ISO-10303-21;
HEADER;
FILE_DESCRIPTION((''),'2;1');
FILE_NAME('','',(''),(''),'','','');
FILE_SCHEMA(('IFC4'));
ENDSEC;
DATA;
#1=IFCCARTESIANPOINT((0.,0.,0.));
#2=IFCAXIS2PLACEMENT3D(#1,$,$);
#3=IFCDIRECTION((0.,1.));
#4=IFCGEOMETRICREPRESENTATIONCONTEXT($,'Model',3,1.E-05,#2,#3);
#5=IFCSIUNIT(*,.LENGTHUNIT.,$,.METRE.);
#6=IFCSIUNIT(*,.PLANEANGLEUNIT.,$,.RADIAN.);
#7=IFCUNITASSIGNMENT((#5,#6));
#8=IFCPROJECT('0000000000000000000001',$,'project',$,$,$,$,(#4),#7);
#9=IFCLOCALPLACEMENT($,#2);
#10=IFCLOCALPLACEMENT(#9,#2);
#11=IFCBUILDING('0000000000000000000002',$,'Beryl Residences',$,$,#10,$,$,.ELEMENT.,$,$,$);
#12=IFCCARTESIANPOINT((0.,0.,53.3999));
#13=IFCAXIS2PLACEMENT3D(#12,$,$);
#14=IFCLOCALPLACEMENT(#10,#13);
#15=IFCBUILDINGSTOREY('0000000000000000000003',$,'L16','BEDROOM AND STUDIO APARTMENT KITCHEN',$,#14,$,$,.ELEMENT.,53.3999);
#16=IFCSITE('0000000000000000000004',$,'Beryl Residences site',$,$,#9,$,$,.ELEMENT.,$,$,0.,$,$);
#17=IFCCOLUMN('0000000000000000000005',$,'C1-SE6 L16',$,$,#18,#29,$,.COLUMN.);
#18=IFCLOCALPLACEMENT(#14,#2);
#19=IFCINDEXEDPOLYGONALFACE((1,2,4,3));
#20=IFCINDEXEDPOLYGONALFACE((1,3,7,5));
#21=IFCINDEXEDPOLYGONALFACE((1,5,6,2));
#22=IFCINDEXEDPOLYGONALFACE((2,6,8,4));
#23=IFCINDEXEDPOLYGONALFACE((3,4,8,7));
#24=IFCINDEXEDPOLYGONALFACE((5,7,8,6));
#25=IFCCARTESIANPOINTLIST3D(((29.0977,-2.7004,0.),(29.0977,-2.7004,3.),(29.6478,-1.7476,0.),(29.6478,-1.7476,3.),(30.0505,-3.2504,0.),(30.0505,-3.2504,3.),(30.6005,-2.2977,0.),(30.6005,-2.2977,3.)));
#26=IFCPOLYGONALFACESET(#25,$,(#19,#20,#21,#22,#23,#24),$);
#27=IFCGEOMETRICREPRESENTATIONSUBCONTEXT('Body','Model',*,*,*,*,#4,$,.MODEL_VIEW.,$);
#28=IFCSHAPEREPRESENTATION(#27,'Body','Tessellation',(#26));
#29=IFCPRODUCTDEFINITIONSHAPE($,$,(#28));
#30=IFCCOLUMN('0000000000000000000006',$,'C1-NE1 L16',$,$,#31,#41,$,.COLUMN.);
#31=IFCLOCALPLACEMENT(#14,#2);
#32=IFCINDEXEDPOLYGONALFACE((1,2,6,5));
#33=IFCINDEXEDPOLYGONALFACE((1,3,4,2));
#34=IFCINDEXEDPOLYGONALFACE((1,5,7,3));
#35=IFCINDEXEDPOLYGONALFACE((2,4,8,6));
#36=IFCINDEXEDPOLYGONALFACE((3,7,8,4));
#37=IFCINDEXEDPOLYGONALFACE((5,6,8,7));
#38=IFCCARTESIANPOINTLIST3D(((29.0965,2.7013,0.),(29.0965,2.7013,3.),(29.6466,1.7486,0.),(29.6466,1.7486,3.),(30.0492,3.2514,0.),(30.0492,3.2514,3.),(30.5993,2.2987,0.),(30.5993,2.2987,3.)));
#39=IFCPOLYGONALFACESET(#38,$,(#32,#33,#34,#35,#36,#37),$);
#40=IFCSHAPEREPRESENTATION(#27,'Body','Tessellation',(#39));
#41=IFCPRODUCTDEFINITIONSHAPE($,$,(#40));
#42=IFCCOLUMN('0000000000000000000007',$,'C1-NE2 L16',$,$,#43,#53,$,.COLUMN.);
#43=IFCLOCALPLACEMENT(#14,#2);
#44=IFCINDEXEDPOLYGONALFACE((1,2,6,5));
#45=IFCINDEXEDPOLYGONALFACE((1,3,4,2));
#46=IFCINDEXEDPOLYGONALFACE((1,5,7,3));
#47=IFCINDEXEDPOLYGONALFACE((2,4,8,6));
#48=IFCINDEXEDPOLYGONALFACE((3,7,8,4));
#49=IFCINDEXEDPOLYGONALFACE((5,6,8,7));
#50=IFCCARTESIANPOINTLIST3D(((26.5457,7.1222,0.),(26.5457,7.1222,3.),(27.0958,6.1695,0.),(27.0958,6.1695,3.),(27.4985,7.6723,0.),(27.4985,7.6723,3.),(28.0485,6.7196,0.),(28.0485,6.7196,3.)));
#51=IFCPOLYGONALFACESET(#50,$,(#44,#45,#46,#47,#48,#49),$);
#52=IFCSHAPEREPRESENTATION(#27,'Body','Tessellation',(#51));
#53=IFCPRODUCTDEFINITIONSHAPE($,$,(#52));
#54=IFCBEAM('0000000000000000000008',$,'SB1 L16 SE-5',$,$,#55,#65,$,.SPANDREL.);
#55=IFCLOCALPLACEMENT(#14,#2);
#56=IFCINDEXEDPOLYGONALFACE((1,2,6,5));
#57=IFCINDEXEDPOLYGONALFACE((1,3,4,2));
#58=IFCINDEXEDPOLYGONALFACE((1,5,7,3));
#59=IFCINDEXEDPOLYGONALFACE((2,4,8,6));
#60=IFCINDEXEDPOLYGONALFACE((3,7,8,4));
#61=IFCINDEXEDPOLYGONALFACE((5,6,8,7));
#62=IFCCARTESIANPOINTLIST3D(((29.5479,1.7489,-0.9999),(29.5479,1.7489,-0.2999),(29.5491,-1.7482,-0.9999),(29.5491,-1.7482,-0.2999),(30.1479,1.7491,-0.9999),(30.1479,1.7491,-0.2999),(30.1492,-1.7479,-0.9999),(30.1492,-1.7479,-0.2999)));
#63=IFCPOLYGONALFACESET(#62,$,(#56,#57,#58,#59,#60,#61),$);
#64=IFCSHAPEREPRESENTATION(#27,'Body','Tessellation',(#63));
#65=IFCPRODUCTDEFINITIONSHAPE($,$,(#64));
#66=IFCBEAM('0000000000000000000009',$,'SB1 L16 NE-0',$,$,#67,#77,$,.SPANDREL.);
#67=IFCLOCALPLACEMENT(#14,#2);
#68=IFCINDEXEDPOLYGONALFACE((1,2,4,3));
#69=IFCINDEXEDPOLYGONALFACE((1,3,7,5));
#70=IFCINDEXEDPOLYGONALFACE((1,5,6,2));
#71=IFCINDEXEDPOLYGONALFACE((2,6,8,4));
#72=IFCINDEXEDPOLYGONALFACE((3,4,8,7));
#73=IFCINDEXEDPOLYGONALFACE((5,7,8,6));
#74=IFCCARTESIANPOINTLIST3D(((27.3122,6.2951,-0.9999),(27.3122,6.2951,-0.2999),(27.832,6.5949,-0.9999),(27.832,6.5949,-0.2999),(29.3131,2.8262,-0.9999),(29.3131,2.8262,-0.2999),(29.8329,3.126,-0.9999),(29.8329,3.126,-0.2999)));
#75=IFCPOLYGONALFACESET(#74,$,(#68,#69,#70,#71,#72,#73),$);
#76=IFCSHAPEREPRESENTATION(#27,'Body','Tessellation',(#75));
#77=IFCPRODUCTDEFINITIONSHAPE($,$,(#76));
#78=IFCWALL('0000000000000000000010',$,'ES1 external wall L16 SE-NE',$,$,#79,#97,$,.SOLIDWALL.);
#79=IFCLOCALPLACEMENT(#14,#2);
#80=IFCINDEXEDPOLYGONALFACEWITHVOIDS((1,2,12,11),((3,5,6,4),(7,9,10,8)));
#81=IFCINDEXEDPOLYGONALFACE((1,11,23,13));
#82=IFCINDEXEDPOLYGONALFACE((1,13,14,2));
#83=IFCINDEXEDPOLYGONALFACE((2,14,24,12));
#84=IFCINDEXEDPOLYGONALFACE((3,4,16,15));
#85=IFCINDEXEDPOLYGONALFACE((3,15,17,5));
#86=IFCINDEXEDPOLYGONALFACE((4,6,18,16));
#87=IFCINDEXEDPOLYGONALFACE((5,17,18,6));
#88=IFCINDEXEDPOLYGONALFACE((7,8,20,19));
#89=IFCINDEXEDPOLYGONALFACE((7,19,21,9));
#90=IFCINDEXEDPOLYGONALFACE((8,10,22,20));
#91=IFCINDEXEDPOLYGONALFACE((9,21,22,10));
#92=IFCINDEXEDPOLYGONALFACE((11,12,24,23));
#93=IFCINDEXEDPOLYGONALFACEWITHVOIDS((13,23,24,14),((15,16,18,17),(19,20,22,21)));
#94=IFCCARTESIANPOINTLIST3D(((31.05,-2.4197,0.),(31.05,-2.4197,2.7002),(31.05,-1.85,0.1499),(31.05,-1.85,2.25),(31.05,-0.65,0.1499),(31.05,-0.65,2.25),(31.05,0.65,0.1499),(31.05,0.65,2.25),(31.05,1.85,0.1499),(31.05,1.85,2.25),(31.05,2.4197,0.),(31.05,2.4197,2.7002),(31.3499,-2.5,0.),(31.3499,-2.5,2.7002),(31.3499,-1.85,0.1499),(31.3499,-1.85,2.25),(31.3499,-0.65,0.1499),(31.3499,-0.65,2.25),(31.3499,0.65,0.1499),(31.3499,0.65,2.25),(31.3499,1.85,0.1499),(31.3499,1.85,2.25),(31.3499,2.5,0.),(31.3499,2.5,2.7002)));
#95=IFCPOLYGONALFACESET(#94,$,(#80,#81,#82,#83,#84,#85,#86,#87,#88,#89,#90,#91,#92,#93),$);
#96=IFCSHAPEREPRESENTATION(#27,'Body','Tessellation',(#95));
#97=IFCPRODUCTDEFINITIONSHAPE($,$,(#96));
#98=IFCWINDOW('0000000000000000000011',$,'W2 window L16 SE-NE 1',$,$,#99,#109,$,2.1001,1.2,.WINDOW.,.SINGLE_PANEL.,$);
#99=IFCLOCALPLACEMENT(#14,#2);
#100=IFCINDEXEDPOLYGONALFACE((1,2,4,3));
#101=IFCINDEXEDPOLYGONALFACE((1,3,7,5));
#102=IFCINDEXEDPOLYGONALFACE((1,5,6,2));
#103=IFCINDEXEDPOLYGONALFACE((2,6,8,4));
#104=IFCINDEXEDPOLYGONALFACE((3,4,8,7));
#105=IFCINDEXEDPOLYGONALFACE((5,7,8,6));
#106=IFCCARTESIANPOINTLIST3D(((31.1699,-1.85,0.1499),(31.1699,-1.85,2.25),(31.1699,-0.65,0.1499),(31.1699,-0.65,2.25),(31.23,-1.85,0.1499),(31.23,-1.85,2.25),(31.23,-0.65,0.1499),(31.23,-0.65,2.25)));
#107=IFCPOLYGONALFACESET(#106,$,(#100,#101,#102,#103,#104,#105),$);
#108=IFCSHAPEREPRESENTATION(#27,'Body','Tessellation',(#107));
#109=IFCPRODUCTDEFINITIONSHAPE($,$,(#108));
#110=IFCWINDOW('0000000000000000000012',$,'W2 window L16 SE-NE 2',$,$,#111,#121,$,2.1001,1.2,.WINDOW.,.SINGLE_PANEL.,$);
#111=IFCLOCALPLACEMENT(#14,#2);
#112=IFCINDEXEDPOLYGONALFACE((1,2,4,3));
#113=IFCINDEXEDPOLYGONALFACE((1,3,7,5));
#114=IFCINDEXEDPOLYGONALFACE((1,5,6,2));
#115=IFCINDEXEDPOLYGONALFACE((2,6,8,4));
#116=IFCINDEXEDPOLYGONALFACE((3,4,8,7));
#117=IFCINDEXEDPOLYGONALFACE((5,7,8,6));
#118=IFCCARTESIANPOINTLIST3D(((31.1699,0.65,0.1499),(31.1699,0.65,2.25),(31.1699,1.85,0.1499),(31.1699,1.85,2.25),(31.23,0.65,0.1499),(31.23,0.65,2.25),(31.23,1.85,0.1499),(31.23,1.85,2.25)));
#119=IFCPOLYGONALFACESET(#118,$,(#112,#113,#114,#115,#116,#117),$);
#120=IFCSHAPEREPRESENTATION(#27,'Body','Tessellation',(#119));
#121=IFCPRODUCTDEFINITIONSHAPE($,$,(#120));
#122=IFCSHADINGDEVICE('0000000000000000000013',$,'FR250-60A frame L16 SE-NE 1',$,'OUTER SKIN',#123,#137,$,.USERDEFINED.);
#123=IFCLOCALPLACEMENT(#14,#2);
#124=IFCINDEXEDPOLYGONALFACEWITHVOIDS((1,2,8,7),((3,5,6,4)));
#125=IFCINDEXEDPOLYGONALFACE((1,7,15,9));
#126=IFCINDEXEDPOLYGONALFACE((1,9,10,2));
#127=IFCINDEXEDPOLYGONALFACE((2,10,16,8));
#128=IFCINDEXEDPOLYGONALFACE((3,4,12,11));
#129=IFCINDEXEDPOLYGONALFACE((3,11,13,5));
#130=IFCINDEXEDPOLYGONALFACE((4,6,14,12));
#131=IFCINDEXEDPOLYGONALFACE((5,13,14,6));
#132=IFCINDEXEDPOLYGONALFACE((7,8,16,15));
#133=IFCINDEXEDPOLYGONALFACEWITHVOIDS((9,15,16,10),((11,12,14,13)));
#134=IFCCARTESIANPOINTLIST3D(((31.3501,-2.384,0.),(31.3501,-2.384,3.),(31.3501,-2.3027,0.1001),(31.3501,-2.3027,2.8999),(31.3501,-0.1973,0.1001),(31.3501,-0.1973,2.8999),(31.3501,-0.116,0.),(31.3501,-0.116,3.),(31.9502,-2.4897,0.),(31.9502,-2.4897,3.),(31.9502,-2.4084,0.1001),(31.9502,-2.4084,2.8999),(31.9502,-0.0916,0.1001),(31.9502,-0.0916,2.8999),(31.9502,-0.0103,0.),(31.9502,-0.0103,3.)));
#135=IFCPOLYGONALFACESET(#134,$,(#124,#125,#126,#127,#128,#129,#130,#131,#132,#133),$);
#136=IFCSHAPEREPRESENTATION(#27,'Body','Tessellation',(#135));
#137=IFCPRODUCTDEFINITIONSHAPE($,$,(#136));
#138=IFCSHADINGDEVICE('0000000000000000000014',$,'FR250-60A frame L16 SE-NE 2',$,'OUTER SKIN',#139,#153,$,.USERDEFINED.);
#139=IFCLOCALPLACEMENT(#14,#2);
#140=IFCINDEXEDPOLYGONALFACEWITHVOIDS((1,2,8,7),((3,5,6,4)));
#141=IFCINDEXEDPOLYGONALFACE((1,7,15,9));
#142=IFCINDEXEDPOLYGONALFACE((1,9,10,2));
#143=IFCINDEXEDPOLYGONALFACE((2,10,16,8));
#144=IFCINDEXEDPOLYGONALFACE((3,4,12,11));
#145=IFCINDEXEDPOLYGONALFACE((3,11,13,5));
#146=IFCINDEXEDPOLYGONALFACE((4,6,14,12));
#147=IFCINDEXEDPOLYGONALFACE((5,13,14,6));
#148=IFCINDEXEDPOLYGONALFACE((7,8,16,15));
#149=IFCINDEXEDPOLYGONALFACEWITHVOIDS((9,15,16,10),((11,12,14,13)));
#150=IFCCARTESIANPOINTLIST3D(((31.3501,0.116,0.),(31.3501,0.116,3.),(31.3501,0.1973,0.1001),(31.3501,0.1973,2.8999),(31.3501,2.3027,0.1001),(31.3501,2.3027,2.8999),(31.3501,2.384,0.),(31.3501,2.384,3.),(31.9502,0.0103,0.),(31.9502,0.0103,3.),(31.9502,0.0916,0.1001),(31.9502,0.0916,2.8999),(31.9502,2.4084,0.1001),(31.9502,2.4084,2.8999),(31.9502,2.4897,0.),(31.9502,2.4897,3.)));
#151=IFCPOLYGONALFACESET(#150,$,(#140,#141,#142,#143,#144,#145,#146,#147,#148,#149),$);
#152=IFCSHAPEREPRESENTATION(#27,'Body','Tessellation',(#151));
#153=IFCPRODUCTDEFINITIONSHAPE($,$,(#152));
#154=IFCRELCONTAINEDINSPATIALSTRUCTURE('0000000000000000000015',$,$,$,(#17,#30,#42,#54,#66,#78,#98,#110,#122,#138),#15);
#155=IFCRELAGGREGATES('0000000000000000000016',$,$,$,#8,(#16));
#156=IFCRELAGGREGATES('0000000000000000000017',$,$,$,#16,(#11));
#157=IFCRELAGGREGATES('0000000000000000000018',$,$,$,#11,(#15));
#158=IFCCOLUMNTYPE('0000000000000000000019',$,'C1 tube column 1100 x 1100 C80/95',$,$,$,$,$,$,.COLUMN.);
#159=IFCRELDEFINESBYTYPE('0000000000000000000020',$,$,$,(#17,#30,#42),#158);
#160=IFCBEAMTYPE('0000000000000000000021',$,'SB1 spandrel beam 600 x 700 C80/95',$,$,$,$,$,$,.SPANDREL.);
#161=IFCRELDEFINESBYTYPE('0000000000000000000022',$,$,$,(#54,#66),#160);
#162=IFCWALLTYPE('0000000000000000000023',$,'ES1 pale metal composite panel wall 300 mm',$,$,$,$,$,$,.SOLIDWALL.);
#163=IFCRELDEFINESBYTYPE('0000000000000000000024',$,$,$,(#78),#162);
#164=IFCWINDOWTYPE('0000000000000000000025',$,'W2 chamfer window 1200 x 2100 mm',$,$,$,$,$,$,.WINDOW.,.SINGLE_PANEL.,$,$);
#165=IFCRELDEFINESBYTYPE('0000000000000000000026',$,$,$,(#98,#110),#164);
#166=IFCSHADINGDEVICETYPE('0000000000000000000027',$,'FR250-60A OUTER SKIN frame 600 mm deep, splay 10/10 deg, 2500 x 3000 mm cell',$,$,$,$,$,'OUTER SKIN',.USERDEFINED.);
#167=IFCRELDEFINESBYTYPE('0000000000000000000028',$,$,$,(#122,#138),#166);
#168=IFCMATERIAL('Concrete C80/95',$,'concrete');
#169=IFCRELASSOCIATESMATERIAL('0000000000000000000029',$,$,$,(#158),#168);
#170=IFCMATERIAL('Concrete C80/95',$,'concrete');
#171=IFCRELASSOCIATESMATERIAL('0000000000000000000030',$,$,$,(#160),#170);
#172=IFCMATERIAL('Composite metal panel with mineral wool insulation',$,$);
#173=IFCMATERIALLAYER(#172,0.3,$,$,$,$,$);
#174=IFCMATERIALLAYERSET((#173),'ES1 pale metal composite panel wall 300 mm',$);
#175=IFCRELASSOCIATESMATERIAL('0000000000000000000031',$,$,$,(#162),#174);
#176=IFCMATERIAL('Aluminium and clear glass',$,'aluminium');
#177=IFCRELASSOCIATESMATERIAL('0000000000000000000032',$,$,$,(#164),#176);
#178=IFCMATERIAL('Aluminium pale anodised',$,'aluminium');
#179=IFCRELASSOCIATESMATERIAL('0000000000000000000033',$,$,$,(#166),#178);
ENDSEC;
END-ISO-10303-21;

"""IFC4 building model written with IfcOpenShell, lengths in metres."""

from ifc_helpers import new_model, entity, si_unit, direction, frame, frame_2d, origin, origin_2d, place, context, subcontext, project, spatial, polyline, rectangle, outline, extrude, source, transform, mapped, material, layer, layer_set, material_profile, profile_set, type_object, type_shapes, element, fill, save


model = new_model("IFC4")

# Units and contexts
model_context = context("Model", 3, precision=1e-05, world=origin(), true_north=direction((0.0, 1.0)))
body_context = subcontext(model_context, "Body", "Model", "MODEL_VIEW")
ifc_project = project(units=[si_unit("LENGTHUNIT", "METRE"), si_unit("PLANEANGLEUNIT", "RADIAN")], contexts=[model_context])

# Site, building, storey
site_placement = place(None, origin())
site = spatial("IfcSite", under=ifc_project, at=site_placement, Name="Beryl Residences site", CompositionType="ELEMENT", RefElevation=0.0)
building_placement = place(site_placement, origin())
building = spatial("IfcBuilding", under=site, at=building_placement, Name="Beryl Residences", CompositionType="ELEMENT")
storey_placement = place(building_placement, frame((0.0, 0.0, 53.3999)))
storey = spatial("IfcBuildingStorey", under=building, at=storey_placement, Name="L16", Description="BEDROOM AND STUDIO APARTMENT KITCHEN", CompositionType="ELEMENT", Elevation=53.3999)

# Columns
ifc_material_1 = material(Name="Concrete C80/95", Category="concrete")
ifc_material_profile_1 = material_profile(ifc_material_1, rectangle(XDim=1.1001, YDim=1.1001, at=origin_2d()))
ifc_profile_set_1 = profile_set([ifc_material_profile_1], Name="Concrete C80/95")
column_type = type_object("IfcColumnType", Name="C1 tube column 1100 x 1100 C80/95", PredefinedType="COLUMN", material=ifc_profile_set_1)
for number, where, z_axis, x_axis, name in (
    (1, (29.8491, -2.499, 0.0), (0.0, 0.0, 1.0), (0.499985, 0.866034, 0.0), "C1-SE6 L16"),
    (2, (29.8479, 2.5, 0.0), (0.0, 0.0, 1.0), (-0.499985, 0.866034, 0.0), "C1-NE1 L16"),
    (3, (27.2971, 6.9209, 0.0), (0.0, 0.0, 1.0), (-0.499985, 0.866034, 0.0), "C1-NE2 L16"),
):
    element("IfcColumn", number, at=place(storey_placement, frame(where, z_axis=z_axis, x_axis=x_axis)), inside=storey, type_object=column_type, Name=name, PredefinedType="COLUMN", context=body_context, shape_type="SweptSolid", body=[
        extrude(rectangle(XDim=1.1001, YDim=1.1001, at=origin_2d()), origin(), (0.0, 0.0, 1.0), 3.0),
    ])

# Beams
ifc_material_2 = material(Name="Concrete C80/95", Category="concrete")
ifc_material_profile_2 = material_profile(ifc_material_2, rectangle(XDim=0.6001, YDim=0.7, at=origin_2d()))
ifc_profile_set_2 = profile_set([ifc_material_profile_2], Name="Concrete C80/95")
beam_type = type_object("IfcBeamType", Name="SB1 spandrel beam 600 x 700 C80/95", PredefinedType="SPANDREL", material=ifc_profile_set_2)
beam_1_placement = place(storey_placement, frame((29.8491, -1.748, -0.6499), z_axis=(-0.000349, 1.0, 0.0), x_axis=(-1.0, -0.000349, 0.0)))
element("IfcBeam", 4, at=beam_1_placement, inside=storey, type_object=beam_type, Name="SB1 L16 SE-5", PredefinedType="SPANDREL", context=body_context, shape_type="SweptSolid", body=[
    extrude(rectangle(XDim=0.6001, YDim=0.7, at=origin_2d()), origin(), (0.0, 0.0, 1.0), 3.4971),
])
beam_2_placement = place(storey_placement, frame((29.573, 2.9761, -0.6499), z_axis=(-0.499654, 0.866225, 0.0), x_axis=(-0.866225, -0.499654, 0.0)))
element("IfcBeam", 5, at=beam_2_placement, inside=storey, type_object=beam_type, Name="SB1 L16 NE-0", PredefinedType="SPANDREL", context=body_context, shape_type="SweptSolid", body=[
    extrude(rectangle(XDim=0.6001, YDim=0.7, at=origin_2d()), origin(), (0.0, 0.0, 1.0), 4.0046),
])

# Wall, openings, windows
ifc_material_3 = material(Name="Composite metal panel with mineral wool insulation")
ifc_layer = layer(ifc_material_3, 0.3)
ifc_layer_set = layer_set([ifc_layer], Name="ES1 pale metal composite panel wall 300 mm")
wall_type = type_object("IfcWallType", Name="ES1 pale metal composite panel wall 300 mm", PredefinedType="SOLIDWALL", material=ifc_layer_set)
wall_1_placement = place(storey_placement, frame((31.2, -2.5, 0.0), z_axis=(0.0, 0.0, 1.0), x_axis=(0.0, 1.0, 0.0)))
wall_1 = element("IfcWall", 6, at=wall_1_placement, inside=storey, type_object=wall_type, Name="ES1 external wall L16 SE-NE", PredefinedType="SOLIDWALL", context=body_context, shape_type="SweptSolid", body=[
    extrude(outline(polyline([(0.0, -0.1499), (5.0, -0.1499), (4.9197, 0.1499), (0.0803, 0.1499), (0.0, -0.1499)])), origin(), (0.0, 0.0, 1.0), 2.7002),
])
opening_1_placement = place(wall_1_placement, frame((0.6499, 0.0, 0.1499)))
opening_1 = element("IfcOpeningElement", 7, at=opening_1_placement, cuts=wall_1, PredefinedType="OPENING", context=body_context, shape_type="SweptSolid", body=[
    extrude(rectangle(XDim=1.2, YDim=2.1001, at=frame_2d((0.6001, 1.05))), frame((0.0, 0.1599, 0.0), z_axis=(0.0, -1.0, 0.0), x_axis=(1.0, 0.0, 0.0)), (0.0, 0.0, 1.0), 0.3201),
])
opening_2_placement = place(wall_1_placement, frame((3.1499, 0.0, 0.1499)))
opening_2 = element("IfcOpeningElement", 8, at=opening_2_placement, cuts=wall_1, PredefinedType="OPENING", context=body_context, shape_type="SweptSolid", body=[
    extrude(rectangle(XDim=1.2, YDim=2.1001, at=frame_2d((0.6001, 1.05))), frame((0.0, 0.1599, 0.0), z_axis=(0.0, -1.0, 0.0), x_axis=(1.0, 0.0, 0.0)), (0.0, 0.0, 1.0), 0.3201),
])
ifc_material_4 = material(Name="Aluminium and clear glass", Category="aluminium")
window_type_1 = type_object("IfcWindowType", Name="W2 chamfer window 1200 x 2100 mm", PartitioningType="SINGLE_PANEL", PredefinedType="WINDOW", material=ifc_material_4)
window_1_placement = place(opening_1_placement, origin())
window_1 = element("IfcWindow", 9, at=window_1_placement, inside=storey, type_object=window_type_1, Name="W2 window L16 SE-NE 1", OverallHeight=2.1001, OverallWidth=1.2, PartitioningType="SINGLE_PANEL", PredefinedType="WINDOW", context=body_context, shape_type="SweptSolid", body=[
    extrude(rectangle(XDim=1.2, YDim=2.1001, at=frame_2d((0.6001, 1.05))), frame((0.0, 0.03, 0.0), z_axis=(0.0, -1.0, 0.0), x_axis=(1.0, 0.0, 0.0)), (0.0, 0.0, 1.0), 0.0601),
])
fill(opening_1, window_1)
window_2_placement = place(opening_2_placement, origin())
window_2 = element("IfcWindow", 10, at=window_2_placement, inside=storey, type_object=window_type_1, Name="W2 window L16 SE-NE 2", OverallHeight=2.1001, OverallWidth=1.2, PartitioningType="SINGLE_PANEL", PredefinedType="WINDOW", context=body_context, shape_type="SweptSolid", body=[
    extrude(rectangle(XDim=1.2, YDim=2.1001, at=frame_2d((0.6001, 1.05))), frame((0.0, 0.03, 0.0), z_axis=(0.0, -1.0, 0.0), x_axis=(1.0, 0.0, 0.0)), (0.0, 0.0, 1.0), 0.0601),
])
fill(opening_2, window_2)

# Shading devices
ifc_material_5 = material(Name="Aluminium pale anodised", Category="aluminium")
shading_device_type_1 = type_object("IfcShadingDeviceType", Name="FR250-60A OUTER SKIN frame 600 mm deep, splay 10/10 deg, 2500 x 3000 mm cell", ElementType="OUTER SKIN", PredefinedType="USERDEFINED", material=ifc_material_5)
cartesian_point_1 = entity("IfcCartesianPoint", [-1.134, 0.0])
cartesian_point_2 = entity("IfcCartesianPoint", [-1.0527, 0.1001])
cartesian_point_3 = entity("IfcCartesianPoint", [-1.2397, 0.0])
cartesian_point_4 = entity("IfcCartesianPoint", [-1.1584, 0.1001])
shared_shape_1 = source(origin(), body_context, "Body", "SweptSolid", [
    entity("IfcExtrudedAreaSolidTapered", entity("IfcArbitraryProfileDefWithVoids", "AREA", None, entity("IfcPolyline", [cartesian_point_1, entity("IfcCartesianPoint", [1.134, 0.0]), entity("IfcCartesianPoint", [1.134, 3.0]), entity("IfcCartesianPoint", [-1.134, 3.0]), cartesian_point_1]), [entity("IfcPolyline", [cartesian_point_2, entity("IfcCartesianPoint", [1.0527, 0.1001]), entity("IfcCartesianPoint", [1.0527, 2.8999]), entity("IfcCartesianPoint", [-1.0527, 2.8999]), cartesian_point_2])]), entity("IfcAxis2Placement3D", entity("IfcCartesianPoint", [0.0, 0.0, 0.0]), entity("IfcDirection", [0.0, 1.0, 0.0]), entity("IfcDirection", [-1.0, 0.0, 0.0])), entity("IfcDirection", [0.0, 0.0, 1.0]), 0.6001, entity("IfcArbitraryProfileDefWithVoids", "AREA", None, entity("IfcPolyline", [cartesian_point_3, entity("IfcCartesianPoint", [1.2397, 0.0]), entity("IfcCartesianPoint", [1.2397, 3.0]), entity("IfcCartesianPoint", [-1.2397, 3.0]), cartesian_point_3]), [entity("IfcPolyline", [cartesian_point_4, entity("IfcCartesianPoint", [1.1584, 0.1001]), entity("IfcCartesianPoint", [1.1584, 2.8999]), entity("IfcCartesianPoint", [-1.1584, 2.8999]), cartesian_point_4])])),
])
type_shapes(shading_device_type_1, [shared_shape_1])
for number, where, z_axis, x_axis, name in (
    (11, (31.3501, -1.25, 0.0), (0.0, 0.0, 1.0), (0.0, -1.0, 0.0), "FR250-60A frame L16 SE-NE 1"),
    (12, (31.3501, 1.25, 0.0), (0.0, 0.0, 1.0), (0.0, -1.0, 0.0), "FR250-60A frame L16 SE-NE 2"),
):
    element("IfcShadingDevice", number, at=place(storey_placement, frame(where, z_axis=z_axis, x_axis=x_axis)), inside=storey, type_object=shading_device_type_1, Name=name, ObjectType="OUTER SKIN", PredefinedType="USERDEFINED", context=body_context, shape_type="MappedRepresentation", body=[
        mapped(shared_shape_1, transform((0.0, 0.0, 0.0))),
    ])

save(model, "model.ifc")
